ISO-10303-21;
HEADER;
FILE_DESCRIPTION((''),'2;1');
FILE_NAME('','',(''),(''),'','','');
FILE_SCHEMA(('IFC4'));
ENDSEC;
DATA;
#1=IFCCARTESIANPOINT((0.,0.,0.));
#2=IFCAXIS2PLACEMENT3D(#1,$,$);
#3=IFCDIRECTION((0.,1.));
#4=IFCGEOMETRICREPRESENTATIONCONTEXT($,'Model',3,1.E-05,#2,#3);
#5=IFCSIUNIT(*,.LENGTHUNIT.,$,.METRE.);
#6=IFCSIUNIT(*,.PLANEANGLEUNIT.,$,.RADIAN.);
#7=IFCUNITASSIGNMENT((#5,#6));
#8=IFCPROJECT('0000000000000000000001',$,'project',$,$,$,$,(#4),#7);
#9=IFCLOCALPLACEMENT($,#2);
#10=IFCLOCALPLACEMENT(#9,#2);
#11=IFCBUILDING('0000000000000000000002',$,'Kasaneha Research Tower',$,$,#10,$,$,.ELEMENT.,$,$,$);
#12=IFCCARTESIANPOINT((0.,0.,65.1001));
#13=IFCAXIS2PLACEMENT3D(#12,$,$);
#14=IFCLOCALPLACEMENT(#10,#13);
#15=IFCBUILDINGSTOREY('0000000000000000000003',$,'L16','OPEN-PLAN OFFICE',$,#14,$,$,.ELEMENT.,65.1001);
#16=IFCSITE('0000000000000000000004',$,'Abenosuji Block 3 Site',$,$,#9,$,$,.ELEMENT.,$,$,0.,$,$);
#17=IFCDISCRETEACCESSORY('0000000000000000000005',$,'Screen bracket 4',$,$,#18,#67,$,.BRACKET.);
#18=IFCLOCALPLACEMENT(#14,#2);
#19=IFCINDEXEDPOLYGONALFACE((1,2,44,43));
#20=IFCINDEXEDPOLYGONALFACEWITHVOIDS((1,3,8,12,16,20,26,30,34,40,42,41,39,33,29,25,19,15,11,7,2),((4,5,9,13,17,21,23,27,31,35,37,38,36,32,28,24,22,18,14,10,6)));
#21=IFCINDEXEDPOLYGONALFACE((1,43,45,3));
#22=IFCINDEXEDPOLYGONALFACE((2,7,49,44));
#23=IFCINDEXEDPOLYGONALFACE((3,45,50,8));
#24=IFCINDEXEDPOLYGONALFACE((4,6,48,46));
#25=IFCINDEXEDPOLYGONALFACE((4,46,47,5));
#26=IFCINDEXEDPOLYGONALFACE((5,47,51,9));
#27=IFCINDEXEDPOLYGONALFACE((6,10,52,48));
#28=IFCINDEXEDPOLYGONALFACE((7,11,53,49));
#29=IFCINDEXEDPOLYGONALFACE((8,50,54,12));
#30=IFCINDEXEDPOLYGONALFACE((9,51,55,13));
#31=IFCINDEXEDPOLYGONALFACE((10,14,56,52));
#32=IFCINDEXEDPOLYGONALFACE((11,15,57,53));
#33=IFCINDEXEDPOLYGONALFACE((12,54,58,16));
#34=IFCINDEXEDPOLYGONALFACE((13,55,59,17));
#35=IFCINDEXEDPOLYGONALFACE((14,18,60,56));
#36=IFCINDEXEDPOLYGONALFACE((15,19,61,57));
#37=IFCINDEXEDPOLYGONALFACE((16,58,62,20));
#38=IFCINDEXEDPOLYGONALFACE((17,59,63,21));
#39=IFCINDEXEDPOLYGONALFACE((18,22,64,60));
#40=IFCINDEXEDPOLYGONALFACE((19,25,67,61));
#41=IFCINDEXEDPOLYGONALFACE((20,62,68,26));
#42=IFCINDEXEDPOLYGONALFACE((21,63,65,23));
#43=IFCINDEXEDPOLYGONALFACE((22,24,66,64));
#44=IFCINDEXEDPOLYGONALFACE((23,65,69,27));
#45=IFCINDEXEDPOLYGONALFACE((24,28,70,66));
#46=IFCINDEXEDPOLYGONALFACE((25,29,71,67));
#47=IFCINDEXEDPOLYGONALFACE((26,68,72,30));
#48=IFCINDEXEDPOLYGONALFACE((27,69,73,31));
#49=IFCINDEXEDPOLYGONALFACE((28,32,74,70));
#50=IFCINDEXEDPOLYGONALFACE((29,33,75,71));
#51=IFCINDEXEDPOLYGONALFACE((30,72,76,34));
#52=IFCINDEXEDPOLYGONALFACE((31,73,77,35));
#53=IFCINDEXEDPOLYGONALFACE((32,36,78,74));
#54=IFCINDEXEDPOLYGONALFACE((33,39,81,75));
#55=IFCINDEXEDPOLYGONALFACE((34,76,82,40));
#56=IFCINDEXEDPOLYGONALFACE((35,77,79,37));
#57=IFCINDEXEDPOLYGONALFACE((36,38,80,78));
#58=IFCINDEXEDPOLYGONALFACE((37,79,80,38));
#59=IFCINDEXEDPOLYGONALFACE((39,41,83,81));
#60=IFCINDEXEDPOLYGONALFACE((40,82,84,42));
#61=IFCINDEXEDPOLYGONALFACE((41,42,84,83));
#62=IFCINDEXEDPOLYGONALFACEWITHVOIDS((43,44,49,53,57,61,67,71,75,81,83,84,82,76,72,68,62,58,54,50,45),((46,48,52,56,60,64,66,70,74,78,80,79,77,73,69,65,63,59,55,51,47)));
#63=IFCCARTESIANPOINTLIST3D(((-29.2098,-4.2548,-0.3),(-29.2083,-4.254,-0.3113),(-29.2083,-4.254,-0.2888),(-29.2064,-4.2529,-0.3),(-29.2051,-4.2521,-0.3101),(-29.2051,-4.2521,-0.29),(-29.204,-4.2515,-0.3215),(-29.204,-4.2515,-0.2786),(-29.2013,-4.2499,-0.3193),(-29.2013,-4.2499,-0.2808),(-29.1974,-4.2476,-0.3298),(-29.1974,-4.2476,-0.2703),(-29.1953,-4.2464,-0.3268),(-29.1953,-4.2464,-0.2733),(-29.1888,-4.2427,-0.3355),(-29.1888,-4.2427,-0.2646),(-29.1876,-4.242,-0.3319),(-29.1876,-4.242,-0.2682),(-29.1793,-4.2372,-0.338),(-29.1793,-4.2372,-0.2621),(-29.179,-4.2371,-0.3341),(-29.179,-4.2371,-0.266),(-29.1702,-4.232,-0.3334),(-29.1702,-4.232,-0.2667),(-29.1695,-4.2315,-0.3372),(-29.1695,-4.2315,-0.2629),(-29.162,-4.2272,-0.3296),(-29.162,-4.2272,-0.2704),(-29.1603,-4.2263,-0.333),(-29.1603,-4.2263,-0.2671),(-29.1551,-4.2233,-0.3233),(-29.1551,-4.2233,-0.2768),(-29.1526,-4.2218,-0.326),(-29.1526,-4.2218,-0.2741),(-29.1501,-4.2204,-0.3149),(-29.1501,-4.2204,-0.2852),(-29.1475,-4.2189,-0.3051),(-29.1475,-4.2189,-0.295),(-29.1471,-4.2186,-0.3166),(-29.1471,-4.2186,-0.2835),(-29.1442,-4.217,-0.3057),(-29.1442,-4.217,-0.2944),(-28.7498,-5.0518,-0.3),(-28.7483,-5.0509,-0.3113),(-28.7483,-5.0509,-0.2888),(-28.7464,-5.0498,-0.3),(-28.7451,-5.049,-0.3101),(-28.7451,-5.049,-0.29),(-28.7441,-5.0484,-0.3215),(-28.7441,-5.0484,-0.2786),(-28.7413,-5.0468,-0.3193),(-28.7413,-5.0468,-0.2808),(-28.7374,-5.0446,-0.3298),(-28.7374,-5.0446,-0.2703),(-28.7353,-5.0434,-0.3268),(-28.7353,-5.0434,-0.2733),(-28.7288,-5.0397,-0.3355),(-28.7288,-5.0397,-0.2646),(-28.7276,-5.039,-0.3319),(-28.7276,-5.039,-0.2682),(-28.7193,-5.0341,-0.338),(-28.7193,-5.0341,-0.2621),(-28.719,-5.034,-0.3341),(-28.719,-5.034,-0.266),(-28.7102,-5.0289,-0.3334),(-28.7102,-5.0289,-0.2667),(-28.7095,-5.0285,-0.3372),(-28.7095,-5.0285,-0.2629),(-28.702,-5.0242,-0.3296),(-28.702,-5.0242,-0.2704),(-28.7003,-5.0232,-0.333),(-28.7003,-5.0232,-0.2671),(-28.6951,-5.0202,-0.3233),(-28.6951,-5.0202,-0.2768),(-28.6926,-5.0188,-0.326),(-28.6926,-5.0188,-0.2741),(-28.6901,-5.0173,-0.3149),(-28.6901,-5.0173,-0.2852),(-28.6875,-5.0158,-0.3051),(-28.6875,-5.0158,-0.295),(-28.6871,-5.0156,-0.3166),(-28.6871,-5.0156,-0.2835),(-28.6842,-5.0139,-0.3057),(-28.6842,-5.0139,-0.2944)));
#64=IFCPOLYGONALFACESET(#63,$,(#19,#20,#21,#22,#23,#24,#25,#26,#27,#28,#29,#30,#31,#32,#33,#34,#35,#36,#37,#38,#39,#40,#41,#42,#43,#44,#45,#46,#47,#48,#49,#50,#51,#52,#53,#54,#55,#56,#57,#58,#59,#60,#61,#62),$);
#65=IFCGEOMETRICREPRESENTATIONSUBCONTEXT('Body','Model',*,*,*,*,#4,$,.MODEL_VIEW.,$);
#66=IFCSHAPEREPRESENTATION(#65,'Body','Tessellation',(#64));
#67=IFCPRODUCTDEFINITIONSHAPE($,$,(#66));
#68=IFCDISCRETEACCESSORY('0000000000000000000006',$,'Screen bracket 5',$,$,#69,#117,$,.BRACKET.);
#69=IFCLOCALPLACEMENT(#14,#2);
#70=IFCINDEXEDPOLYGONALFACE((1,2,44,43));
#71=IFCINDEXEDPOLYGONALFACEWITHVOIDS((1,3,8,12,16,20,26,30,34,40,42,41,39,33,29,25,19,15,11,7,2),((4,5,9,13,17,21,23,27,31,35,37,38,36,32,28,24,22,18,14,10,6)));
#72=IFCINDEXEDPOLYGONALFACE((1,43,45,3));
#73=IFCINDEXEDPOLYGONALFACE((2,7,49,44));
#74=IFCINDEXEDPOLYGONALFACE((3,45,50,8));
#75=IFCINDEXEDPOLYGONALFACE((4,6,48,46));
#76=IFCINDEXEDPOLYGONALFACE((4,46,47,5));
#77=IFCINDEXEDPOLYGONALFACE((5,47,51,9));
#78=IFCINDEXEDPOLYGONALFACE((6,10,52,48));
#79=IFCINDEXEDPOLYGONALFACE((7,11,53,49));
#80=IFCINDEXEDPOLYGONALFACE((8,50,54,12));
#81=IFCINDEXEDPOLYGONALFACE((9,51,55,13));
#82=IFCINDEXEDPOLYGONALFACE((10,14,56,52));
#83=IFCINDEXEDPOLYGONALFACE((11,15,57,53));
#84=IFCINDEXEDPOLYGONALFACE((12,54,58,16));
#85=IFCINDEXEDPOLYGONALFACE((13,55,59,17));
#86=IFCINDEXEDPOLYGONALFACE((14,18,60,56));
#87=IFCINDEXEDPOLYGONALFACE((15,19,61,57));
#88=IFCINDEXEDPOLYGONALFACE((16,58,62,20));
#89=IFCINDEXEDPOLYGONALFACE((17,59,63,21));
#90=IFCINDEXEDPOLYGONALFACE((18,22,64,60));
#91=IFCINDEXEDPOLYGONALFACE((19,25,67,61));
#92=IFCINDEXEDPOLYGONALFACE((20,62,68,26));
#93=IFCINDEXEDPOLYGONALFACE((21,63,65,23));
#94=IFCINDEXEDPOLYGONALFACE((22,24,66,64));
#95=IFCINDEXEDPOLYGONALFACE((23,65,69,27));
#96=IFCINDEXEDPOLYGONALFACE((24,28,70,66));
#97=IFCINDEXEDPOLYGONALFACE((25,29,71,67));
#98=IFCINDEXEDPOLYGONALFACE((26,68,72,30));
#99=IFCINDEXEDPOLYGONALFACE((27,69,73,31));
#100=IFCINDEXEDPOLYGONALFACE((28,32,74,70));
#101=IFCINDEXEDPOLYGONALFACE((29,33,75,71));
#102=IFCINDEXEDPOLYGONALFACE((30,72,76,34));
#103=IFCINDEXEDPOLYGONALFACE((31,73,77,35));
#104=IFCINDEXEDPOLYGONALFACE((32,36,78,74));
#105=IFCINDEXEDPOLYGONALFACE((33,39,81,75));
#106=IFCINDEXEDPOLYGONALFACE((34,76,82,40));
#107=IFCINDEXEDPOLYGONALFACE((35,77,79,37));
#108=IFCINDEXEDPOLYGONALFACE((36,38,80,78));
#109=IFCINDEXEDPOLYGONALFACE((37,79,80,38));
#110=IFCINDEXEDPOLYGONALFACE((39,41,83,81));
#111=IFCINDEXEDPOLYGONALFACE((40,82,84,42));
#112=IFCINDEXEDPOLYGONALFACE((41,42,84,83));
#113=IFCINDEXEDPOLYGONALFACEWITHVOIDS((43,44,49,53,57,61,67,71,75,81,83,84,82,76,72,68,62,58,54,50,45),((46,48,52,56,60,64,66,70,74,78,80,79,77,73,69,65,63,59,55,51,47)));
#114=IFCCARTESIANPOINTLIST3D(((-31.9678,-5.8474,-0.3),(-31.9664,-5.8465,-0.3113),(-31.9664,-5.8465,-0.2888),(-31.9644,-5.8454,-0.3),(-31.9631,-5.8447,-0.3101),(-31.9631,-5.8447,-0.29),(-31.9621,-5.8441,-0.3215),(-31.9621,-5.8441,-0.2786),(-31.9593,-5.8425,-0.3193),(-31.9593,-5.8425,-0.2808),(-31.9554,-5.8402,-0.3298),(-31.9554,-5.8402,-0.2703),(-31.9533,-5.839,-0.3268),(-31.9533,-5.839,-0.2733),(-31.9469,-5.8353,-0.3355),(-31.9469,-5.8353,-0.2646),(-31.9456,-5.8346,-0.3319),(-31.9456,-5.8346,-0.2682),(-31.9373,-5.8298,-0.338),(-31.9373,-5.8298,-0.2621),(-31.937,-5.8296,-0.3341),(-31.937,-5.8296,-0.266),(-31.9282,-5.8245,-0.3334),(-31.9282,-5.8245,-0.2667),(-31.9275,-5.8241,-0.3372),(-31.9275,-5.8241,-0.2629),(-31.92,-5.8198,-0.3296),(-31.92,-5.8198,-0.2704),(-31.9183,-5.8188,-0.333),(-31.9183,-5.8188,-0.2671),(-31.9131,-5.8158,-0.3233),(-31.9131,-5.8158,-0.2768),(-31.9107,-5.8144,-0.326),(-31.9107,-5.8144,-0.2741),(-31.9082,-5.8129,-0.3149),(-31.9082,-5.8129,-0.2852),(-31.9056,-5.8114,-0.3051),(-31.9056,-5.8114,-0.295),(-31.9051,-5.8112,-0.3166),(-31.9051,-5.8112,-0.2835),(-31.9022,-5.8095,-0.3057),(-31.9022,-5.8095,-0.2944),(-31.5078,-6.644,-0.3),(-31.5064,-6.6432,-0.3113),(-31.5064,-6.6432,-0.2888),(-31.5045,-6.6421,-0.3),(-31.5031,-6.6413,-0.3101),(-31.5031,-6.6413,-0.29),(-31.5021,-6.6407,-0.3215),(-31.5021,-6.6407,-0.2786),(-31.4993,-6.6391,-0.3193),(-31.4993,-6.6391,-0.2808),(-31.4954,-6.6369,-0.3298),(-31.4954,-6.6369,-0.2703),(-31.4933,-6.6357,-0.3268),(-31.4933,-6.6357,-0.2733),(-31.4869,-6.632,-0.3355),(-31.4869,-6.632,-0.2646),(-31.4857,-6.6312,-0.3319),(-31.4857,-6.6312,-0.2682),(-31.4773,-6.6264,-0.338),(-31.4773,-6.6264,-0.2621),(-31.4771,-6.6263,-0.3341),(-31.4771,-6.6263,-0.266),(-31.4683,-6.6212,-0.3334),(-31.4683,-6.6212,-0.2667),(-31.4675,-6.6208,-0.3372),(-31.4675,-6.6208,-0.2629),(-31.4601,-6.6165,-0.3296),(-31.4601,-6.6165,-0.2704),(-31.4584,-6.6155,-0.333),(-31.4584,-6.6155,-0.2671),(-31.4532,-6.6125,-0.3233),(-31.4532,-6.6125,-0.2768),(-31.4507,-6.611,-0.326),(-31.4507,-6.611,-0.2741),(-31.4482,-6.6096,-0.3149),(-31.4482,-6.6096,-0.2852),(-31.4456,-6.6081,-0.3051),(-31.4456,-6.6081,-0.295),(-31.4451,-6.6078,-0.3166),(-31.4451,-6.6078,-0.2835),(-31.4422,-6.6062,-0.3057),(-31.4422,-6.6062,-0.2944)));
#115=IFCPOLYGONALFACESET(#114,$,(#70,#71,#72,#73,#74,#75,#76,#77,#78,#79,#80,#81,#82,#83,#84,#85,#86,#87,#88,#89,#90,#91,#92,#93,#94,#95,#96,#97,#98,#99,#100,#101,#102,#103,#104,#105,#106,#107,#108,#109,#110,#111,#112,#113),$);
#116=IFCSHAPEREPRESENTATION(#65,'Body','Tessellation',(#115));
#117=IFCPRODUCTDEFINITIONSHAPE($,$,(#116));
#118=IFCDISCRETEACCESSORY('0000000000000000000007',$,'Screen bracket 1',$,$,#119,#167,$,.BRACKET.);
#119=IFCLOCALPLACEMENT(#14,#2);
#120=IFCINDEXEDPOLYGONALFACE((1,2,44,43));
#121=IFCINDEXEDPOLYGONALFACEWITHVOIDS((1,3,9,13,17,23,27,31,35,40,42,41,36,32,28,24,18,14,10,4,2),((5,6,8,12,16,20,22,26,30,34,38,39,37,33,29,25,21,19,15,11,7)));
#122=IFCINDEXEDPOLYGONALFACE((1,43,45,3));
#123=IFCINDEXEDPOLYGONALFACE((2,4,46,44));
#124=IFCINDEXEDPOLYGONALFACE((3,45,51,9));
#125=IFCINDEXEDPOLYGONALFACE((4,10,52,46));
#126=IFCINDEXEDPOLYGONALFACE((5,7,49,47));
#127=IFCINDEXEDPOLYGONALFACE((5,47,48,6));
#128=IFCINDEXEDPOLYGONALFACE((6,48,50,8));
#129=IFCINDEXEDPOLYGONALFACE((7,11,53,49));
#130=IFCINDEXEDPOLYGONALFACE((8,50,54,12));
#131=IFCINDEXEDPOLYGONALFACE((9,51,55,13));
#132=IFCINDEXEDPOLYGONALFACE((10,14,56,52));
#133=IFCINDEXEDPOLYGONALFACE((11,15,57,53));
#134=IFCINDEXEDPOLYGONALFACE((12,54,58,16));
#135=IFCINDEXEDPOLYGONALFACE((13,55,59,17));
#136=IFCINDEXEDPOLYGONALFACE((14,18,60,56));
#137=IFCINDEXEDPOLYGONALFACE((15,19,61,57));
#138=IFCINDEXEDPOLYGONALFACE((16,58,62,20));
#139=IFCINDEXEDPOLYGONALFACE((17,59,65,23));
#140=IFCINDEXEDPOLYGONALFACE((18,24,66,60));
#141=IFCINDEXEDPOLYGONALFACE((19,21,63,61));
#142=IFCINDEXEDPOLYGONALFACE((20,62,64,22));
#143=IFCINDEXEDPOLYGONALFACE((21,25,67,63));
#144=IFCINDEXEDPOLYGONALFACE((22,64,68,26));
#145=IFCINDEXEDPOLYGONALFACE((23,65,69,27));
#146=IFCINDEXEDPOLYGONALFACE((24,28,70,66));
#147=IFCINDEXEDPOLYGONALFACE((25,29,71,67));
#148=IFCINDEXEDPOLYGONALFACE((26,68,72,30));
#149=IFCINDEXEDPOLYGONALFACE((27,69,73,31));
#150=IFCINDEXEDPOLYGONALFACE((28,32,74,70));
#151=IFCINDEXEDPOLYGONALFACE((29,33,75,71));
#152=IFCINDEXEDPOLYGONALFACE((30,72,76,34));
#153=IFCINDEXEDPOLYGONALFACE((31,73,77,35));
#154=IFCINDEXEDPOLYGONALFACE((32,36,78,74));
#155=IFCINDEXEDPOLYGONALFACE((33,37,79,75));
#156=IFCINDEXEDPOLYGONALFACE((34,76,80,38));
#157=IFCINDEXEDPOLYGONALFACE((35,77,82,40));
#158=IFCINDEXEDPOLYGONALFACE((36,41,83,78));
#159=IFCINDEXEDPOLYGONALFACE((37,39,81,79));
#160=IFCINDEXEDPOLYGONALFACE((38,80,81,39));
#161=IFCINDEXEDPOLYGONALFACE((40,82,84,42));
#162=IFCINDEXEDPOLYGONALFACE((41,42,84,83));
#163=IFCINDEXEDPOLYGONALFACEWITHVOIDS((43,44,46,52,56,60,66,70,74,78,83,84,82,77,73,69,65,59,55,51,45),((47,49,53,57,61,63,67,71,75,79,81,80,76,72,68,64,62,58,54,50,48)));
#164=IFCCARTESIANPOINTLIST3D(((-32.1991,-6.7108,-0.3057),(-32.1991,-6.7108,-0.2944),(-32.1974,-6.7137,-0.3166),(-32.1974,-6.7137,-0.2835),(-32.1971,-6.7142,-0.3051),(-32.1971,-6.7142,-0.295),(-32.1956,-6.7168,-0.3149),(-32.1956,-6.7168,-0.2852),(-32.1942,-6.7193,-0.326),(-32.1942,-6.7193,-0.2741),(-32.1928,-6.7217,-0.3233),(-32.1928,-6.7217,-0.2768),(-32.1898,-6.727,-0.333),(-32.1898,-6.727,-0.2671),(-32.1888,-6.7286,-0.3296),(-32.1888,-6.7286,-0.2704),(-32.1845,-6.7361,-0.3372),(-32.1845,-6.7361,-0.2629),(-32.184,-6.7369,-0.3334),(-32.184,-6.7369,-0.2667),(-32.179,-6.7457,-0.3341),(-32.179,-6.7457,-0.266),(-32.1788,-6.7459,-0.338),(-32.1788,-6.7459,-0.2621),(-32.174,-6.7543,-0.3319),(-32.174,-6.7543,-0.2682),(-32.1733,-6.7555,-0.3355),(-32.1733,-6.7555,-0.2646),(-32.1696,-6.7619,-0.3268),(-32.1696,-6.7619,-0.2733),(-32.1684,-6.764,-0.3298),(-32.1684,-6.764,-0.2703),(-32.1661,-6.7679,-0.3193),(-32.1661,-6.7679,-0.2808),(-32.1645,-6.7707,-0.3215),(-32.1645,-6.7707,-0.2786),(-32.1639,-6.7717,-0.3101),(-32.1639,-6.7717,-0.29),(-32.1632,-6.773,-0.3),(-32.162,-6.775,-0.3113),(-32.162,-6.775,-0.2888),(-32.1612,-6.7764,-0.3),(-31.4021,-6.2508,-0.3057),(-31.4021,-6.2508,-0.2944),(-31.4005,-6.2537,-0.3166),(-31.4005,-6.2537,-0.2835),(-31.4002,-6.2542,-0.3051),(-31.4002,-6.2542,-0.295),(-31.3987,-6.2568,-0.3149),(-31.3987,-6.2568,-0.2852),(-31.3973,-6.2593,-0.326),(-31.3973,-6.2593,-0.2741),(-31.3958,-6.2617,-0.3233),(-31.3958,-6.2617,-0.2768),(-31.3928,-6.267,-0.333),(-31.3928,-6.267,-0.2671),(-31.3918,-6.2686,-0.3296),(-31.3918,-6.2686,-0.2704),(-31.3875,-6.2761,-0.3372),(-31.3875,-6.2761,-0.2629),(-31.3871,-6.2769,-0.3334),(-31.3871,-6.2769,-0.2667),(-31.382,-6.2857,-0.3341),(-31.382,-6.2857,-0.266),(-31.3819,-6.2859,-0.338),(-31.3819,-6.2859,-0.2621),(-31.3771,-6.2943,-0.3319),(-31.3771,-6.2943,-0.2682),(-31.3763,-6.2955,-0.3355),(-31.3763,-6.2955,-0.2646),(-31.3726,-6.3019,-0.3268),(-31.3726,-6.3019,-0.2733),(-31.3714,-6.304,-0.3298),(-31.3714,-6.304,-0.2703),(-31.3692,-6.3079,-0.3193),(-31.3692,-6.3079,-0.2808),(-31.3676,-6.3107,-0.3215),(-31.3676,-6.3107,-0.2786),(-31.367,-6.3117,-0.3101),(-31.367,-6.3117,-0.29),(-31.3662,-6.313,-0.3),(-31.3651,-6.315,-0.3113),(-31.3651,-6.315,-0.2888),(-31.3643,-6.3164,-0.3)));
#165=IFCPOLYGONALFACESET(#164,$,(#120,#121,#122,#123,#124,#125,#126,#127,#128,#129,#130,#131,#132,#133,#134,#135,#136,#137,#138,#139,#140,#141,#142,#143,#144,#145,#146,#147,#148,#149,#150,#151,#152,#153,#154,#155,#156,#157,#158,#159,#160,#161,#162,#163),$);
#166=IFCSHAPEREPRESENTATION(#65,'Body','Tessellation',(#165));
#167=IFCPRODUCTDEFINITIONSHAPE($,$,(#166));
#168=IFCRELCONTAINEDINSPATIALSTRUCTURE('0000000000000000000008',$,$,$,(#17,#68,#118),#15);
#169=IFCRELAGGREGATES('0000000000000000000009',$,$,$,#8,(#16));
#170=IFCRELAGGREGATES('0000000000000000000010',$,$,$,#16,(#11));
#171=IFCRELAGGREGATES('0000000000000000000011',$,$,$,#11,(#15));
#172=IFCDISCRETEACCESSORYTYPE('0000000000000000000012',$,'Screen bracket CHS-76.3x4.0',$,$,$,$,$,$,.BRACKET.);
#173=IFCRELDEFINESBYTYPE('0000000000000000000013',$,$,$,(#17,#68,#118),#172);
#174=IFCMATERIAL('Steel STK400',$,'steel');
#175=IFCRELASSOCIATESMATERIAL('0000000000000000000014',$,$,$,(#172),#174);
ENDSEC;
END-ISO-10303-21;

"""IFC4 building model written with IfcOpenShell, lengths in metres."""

from ifc_helpers import new_model, si_unit, direction, frame, origin, origin_2d, place, context, subcontext, project, spatial, hollow_circle, extrude, material, material_profile, profile_set, type_object, element, save


model = new_model("IFC4")

# Units and contexts
model_context = context("Model", 3, precision=1e-05, world=origin(), true_north=direction((0.0, 1.0)))
body_context = subcontext(model_context, "Body", "Model", "MODEL_VIEW")
ifc_project = project(units=[si_unit("LENGTHUNIT", "METRE"), si_unit("PLANEANGLEUNIT", "RADIAN")], contexts=[model_context])

# Site, building, storey
site_placement = place(None, origin())
site = spatial("IfcSite", under=ifc_project, at=site_placement, Name="Abenosuji Block 3 Site", CompositionType="ELEMENT", RefElevation=0.0)
building_placement = place(site_placement, origin())
building = spatial("IfcBuilding", under=site, at=building_placement, Name="Kasaneha Research Tower", CompositionType="ELEMENT")
storey_placement = place(building_placement, frame((0.0, 0.0, 65.1001)))
storey = spatial("IfcBuildingStorey", under=building, at=storey_placement, Name="L16", Description="OPEN-PLAN OFFICE", CompositionType="ELEMENT", Elevation=65.1001)

# Discrete accessories
ifc_material_1 = material(Name="Steel STK400", Category="steel")
ifc_material_profile_1 = material_profile(ifc_material_1, hollow_circle(Radius=0.0381, WallThickness=0.0039, at=origin_2d()), Name="CHS-76.3x4.0")
ifc_profile_set_1 = profile_set([ifc_material_profile_1], Name="Steel STK400")
discrete_accessory_type = type_object("IfcDiscreteAccessoryType", Name="Screen bracket CHS-76.3x4.0", PredefinedType="BRACKET", material=ifc_profile_set_1)
discrete_accessory_1_placement = place(storey_placement, frame((-28.7168, -5.0327, -0.3), z_axis=(-0.499906, 0.86608, 0.0), x_axis=(-0.86608, -0.499906, 0.0)))
element("IfcDiscreteAccessory", 1, at=discrete_accessory_1_placement, inside=storey, type_object=discrete_accessory_type, Name="Screen bracket 4", PredefinedType="BRACKET", context=body_context, shape_type="SweptSolid", body=[
    extrude(hollow_circle(Radius=0.0381, WallThickness=0.0039, at=origin_2d()), origin(), (0.0, 0.0, 1.0), 0.9202),
])
discrete_accessory_2_placement = place(storey_placement, frame((-31.4749, -6.625, -0.3), z_axis=(-0.500021, 0.866013, 0.0), x_axis=(-0.866013, -0.500021, 0.0)))
element("IfcDiscreteAccessory", 2, at=discrete_accessory_2_placement, inside=storey, type_object=discrete_accessory_type, Name="Screen bracket 5", PredefinedType="BRACKET", context=body_context, shape_type="SweptSolid", body=[
    extrude(hollow_circle(Radius=0.0381, WallThickness=0.0039, at=origin_2d()), origin(), (0.0, 0.0, 1.0), 0.9199),
])
discrete_accessory_3_placement = place(storey_placement, frame((-31.3833, -6.2834, -0.3), z_axis=(-0.86608, -0.499906, 0.0), x_axis=(0.499906, -0.86608, 0.0)))
element("IfcDiscreteAccessory", 3, at=discrete_accessory_3_placement, inside=storey, type_object=discrete_accessory_type, Name="Screen bracket 1", PredefinedType="BRACKET", context=body_context, shape_type="SweptSolid", body=[
    extrude(hollow_circle(Radius=0.0381, WallThickness=0.0039, at=origin_2d()), origin(), (0.0, 0.0, 1.0), 0.9202),
])

save(model, "model.ifc")
